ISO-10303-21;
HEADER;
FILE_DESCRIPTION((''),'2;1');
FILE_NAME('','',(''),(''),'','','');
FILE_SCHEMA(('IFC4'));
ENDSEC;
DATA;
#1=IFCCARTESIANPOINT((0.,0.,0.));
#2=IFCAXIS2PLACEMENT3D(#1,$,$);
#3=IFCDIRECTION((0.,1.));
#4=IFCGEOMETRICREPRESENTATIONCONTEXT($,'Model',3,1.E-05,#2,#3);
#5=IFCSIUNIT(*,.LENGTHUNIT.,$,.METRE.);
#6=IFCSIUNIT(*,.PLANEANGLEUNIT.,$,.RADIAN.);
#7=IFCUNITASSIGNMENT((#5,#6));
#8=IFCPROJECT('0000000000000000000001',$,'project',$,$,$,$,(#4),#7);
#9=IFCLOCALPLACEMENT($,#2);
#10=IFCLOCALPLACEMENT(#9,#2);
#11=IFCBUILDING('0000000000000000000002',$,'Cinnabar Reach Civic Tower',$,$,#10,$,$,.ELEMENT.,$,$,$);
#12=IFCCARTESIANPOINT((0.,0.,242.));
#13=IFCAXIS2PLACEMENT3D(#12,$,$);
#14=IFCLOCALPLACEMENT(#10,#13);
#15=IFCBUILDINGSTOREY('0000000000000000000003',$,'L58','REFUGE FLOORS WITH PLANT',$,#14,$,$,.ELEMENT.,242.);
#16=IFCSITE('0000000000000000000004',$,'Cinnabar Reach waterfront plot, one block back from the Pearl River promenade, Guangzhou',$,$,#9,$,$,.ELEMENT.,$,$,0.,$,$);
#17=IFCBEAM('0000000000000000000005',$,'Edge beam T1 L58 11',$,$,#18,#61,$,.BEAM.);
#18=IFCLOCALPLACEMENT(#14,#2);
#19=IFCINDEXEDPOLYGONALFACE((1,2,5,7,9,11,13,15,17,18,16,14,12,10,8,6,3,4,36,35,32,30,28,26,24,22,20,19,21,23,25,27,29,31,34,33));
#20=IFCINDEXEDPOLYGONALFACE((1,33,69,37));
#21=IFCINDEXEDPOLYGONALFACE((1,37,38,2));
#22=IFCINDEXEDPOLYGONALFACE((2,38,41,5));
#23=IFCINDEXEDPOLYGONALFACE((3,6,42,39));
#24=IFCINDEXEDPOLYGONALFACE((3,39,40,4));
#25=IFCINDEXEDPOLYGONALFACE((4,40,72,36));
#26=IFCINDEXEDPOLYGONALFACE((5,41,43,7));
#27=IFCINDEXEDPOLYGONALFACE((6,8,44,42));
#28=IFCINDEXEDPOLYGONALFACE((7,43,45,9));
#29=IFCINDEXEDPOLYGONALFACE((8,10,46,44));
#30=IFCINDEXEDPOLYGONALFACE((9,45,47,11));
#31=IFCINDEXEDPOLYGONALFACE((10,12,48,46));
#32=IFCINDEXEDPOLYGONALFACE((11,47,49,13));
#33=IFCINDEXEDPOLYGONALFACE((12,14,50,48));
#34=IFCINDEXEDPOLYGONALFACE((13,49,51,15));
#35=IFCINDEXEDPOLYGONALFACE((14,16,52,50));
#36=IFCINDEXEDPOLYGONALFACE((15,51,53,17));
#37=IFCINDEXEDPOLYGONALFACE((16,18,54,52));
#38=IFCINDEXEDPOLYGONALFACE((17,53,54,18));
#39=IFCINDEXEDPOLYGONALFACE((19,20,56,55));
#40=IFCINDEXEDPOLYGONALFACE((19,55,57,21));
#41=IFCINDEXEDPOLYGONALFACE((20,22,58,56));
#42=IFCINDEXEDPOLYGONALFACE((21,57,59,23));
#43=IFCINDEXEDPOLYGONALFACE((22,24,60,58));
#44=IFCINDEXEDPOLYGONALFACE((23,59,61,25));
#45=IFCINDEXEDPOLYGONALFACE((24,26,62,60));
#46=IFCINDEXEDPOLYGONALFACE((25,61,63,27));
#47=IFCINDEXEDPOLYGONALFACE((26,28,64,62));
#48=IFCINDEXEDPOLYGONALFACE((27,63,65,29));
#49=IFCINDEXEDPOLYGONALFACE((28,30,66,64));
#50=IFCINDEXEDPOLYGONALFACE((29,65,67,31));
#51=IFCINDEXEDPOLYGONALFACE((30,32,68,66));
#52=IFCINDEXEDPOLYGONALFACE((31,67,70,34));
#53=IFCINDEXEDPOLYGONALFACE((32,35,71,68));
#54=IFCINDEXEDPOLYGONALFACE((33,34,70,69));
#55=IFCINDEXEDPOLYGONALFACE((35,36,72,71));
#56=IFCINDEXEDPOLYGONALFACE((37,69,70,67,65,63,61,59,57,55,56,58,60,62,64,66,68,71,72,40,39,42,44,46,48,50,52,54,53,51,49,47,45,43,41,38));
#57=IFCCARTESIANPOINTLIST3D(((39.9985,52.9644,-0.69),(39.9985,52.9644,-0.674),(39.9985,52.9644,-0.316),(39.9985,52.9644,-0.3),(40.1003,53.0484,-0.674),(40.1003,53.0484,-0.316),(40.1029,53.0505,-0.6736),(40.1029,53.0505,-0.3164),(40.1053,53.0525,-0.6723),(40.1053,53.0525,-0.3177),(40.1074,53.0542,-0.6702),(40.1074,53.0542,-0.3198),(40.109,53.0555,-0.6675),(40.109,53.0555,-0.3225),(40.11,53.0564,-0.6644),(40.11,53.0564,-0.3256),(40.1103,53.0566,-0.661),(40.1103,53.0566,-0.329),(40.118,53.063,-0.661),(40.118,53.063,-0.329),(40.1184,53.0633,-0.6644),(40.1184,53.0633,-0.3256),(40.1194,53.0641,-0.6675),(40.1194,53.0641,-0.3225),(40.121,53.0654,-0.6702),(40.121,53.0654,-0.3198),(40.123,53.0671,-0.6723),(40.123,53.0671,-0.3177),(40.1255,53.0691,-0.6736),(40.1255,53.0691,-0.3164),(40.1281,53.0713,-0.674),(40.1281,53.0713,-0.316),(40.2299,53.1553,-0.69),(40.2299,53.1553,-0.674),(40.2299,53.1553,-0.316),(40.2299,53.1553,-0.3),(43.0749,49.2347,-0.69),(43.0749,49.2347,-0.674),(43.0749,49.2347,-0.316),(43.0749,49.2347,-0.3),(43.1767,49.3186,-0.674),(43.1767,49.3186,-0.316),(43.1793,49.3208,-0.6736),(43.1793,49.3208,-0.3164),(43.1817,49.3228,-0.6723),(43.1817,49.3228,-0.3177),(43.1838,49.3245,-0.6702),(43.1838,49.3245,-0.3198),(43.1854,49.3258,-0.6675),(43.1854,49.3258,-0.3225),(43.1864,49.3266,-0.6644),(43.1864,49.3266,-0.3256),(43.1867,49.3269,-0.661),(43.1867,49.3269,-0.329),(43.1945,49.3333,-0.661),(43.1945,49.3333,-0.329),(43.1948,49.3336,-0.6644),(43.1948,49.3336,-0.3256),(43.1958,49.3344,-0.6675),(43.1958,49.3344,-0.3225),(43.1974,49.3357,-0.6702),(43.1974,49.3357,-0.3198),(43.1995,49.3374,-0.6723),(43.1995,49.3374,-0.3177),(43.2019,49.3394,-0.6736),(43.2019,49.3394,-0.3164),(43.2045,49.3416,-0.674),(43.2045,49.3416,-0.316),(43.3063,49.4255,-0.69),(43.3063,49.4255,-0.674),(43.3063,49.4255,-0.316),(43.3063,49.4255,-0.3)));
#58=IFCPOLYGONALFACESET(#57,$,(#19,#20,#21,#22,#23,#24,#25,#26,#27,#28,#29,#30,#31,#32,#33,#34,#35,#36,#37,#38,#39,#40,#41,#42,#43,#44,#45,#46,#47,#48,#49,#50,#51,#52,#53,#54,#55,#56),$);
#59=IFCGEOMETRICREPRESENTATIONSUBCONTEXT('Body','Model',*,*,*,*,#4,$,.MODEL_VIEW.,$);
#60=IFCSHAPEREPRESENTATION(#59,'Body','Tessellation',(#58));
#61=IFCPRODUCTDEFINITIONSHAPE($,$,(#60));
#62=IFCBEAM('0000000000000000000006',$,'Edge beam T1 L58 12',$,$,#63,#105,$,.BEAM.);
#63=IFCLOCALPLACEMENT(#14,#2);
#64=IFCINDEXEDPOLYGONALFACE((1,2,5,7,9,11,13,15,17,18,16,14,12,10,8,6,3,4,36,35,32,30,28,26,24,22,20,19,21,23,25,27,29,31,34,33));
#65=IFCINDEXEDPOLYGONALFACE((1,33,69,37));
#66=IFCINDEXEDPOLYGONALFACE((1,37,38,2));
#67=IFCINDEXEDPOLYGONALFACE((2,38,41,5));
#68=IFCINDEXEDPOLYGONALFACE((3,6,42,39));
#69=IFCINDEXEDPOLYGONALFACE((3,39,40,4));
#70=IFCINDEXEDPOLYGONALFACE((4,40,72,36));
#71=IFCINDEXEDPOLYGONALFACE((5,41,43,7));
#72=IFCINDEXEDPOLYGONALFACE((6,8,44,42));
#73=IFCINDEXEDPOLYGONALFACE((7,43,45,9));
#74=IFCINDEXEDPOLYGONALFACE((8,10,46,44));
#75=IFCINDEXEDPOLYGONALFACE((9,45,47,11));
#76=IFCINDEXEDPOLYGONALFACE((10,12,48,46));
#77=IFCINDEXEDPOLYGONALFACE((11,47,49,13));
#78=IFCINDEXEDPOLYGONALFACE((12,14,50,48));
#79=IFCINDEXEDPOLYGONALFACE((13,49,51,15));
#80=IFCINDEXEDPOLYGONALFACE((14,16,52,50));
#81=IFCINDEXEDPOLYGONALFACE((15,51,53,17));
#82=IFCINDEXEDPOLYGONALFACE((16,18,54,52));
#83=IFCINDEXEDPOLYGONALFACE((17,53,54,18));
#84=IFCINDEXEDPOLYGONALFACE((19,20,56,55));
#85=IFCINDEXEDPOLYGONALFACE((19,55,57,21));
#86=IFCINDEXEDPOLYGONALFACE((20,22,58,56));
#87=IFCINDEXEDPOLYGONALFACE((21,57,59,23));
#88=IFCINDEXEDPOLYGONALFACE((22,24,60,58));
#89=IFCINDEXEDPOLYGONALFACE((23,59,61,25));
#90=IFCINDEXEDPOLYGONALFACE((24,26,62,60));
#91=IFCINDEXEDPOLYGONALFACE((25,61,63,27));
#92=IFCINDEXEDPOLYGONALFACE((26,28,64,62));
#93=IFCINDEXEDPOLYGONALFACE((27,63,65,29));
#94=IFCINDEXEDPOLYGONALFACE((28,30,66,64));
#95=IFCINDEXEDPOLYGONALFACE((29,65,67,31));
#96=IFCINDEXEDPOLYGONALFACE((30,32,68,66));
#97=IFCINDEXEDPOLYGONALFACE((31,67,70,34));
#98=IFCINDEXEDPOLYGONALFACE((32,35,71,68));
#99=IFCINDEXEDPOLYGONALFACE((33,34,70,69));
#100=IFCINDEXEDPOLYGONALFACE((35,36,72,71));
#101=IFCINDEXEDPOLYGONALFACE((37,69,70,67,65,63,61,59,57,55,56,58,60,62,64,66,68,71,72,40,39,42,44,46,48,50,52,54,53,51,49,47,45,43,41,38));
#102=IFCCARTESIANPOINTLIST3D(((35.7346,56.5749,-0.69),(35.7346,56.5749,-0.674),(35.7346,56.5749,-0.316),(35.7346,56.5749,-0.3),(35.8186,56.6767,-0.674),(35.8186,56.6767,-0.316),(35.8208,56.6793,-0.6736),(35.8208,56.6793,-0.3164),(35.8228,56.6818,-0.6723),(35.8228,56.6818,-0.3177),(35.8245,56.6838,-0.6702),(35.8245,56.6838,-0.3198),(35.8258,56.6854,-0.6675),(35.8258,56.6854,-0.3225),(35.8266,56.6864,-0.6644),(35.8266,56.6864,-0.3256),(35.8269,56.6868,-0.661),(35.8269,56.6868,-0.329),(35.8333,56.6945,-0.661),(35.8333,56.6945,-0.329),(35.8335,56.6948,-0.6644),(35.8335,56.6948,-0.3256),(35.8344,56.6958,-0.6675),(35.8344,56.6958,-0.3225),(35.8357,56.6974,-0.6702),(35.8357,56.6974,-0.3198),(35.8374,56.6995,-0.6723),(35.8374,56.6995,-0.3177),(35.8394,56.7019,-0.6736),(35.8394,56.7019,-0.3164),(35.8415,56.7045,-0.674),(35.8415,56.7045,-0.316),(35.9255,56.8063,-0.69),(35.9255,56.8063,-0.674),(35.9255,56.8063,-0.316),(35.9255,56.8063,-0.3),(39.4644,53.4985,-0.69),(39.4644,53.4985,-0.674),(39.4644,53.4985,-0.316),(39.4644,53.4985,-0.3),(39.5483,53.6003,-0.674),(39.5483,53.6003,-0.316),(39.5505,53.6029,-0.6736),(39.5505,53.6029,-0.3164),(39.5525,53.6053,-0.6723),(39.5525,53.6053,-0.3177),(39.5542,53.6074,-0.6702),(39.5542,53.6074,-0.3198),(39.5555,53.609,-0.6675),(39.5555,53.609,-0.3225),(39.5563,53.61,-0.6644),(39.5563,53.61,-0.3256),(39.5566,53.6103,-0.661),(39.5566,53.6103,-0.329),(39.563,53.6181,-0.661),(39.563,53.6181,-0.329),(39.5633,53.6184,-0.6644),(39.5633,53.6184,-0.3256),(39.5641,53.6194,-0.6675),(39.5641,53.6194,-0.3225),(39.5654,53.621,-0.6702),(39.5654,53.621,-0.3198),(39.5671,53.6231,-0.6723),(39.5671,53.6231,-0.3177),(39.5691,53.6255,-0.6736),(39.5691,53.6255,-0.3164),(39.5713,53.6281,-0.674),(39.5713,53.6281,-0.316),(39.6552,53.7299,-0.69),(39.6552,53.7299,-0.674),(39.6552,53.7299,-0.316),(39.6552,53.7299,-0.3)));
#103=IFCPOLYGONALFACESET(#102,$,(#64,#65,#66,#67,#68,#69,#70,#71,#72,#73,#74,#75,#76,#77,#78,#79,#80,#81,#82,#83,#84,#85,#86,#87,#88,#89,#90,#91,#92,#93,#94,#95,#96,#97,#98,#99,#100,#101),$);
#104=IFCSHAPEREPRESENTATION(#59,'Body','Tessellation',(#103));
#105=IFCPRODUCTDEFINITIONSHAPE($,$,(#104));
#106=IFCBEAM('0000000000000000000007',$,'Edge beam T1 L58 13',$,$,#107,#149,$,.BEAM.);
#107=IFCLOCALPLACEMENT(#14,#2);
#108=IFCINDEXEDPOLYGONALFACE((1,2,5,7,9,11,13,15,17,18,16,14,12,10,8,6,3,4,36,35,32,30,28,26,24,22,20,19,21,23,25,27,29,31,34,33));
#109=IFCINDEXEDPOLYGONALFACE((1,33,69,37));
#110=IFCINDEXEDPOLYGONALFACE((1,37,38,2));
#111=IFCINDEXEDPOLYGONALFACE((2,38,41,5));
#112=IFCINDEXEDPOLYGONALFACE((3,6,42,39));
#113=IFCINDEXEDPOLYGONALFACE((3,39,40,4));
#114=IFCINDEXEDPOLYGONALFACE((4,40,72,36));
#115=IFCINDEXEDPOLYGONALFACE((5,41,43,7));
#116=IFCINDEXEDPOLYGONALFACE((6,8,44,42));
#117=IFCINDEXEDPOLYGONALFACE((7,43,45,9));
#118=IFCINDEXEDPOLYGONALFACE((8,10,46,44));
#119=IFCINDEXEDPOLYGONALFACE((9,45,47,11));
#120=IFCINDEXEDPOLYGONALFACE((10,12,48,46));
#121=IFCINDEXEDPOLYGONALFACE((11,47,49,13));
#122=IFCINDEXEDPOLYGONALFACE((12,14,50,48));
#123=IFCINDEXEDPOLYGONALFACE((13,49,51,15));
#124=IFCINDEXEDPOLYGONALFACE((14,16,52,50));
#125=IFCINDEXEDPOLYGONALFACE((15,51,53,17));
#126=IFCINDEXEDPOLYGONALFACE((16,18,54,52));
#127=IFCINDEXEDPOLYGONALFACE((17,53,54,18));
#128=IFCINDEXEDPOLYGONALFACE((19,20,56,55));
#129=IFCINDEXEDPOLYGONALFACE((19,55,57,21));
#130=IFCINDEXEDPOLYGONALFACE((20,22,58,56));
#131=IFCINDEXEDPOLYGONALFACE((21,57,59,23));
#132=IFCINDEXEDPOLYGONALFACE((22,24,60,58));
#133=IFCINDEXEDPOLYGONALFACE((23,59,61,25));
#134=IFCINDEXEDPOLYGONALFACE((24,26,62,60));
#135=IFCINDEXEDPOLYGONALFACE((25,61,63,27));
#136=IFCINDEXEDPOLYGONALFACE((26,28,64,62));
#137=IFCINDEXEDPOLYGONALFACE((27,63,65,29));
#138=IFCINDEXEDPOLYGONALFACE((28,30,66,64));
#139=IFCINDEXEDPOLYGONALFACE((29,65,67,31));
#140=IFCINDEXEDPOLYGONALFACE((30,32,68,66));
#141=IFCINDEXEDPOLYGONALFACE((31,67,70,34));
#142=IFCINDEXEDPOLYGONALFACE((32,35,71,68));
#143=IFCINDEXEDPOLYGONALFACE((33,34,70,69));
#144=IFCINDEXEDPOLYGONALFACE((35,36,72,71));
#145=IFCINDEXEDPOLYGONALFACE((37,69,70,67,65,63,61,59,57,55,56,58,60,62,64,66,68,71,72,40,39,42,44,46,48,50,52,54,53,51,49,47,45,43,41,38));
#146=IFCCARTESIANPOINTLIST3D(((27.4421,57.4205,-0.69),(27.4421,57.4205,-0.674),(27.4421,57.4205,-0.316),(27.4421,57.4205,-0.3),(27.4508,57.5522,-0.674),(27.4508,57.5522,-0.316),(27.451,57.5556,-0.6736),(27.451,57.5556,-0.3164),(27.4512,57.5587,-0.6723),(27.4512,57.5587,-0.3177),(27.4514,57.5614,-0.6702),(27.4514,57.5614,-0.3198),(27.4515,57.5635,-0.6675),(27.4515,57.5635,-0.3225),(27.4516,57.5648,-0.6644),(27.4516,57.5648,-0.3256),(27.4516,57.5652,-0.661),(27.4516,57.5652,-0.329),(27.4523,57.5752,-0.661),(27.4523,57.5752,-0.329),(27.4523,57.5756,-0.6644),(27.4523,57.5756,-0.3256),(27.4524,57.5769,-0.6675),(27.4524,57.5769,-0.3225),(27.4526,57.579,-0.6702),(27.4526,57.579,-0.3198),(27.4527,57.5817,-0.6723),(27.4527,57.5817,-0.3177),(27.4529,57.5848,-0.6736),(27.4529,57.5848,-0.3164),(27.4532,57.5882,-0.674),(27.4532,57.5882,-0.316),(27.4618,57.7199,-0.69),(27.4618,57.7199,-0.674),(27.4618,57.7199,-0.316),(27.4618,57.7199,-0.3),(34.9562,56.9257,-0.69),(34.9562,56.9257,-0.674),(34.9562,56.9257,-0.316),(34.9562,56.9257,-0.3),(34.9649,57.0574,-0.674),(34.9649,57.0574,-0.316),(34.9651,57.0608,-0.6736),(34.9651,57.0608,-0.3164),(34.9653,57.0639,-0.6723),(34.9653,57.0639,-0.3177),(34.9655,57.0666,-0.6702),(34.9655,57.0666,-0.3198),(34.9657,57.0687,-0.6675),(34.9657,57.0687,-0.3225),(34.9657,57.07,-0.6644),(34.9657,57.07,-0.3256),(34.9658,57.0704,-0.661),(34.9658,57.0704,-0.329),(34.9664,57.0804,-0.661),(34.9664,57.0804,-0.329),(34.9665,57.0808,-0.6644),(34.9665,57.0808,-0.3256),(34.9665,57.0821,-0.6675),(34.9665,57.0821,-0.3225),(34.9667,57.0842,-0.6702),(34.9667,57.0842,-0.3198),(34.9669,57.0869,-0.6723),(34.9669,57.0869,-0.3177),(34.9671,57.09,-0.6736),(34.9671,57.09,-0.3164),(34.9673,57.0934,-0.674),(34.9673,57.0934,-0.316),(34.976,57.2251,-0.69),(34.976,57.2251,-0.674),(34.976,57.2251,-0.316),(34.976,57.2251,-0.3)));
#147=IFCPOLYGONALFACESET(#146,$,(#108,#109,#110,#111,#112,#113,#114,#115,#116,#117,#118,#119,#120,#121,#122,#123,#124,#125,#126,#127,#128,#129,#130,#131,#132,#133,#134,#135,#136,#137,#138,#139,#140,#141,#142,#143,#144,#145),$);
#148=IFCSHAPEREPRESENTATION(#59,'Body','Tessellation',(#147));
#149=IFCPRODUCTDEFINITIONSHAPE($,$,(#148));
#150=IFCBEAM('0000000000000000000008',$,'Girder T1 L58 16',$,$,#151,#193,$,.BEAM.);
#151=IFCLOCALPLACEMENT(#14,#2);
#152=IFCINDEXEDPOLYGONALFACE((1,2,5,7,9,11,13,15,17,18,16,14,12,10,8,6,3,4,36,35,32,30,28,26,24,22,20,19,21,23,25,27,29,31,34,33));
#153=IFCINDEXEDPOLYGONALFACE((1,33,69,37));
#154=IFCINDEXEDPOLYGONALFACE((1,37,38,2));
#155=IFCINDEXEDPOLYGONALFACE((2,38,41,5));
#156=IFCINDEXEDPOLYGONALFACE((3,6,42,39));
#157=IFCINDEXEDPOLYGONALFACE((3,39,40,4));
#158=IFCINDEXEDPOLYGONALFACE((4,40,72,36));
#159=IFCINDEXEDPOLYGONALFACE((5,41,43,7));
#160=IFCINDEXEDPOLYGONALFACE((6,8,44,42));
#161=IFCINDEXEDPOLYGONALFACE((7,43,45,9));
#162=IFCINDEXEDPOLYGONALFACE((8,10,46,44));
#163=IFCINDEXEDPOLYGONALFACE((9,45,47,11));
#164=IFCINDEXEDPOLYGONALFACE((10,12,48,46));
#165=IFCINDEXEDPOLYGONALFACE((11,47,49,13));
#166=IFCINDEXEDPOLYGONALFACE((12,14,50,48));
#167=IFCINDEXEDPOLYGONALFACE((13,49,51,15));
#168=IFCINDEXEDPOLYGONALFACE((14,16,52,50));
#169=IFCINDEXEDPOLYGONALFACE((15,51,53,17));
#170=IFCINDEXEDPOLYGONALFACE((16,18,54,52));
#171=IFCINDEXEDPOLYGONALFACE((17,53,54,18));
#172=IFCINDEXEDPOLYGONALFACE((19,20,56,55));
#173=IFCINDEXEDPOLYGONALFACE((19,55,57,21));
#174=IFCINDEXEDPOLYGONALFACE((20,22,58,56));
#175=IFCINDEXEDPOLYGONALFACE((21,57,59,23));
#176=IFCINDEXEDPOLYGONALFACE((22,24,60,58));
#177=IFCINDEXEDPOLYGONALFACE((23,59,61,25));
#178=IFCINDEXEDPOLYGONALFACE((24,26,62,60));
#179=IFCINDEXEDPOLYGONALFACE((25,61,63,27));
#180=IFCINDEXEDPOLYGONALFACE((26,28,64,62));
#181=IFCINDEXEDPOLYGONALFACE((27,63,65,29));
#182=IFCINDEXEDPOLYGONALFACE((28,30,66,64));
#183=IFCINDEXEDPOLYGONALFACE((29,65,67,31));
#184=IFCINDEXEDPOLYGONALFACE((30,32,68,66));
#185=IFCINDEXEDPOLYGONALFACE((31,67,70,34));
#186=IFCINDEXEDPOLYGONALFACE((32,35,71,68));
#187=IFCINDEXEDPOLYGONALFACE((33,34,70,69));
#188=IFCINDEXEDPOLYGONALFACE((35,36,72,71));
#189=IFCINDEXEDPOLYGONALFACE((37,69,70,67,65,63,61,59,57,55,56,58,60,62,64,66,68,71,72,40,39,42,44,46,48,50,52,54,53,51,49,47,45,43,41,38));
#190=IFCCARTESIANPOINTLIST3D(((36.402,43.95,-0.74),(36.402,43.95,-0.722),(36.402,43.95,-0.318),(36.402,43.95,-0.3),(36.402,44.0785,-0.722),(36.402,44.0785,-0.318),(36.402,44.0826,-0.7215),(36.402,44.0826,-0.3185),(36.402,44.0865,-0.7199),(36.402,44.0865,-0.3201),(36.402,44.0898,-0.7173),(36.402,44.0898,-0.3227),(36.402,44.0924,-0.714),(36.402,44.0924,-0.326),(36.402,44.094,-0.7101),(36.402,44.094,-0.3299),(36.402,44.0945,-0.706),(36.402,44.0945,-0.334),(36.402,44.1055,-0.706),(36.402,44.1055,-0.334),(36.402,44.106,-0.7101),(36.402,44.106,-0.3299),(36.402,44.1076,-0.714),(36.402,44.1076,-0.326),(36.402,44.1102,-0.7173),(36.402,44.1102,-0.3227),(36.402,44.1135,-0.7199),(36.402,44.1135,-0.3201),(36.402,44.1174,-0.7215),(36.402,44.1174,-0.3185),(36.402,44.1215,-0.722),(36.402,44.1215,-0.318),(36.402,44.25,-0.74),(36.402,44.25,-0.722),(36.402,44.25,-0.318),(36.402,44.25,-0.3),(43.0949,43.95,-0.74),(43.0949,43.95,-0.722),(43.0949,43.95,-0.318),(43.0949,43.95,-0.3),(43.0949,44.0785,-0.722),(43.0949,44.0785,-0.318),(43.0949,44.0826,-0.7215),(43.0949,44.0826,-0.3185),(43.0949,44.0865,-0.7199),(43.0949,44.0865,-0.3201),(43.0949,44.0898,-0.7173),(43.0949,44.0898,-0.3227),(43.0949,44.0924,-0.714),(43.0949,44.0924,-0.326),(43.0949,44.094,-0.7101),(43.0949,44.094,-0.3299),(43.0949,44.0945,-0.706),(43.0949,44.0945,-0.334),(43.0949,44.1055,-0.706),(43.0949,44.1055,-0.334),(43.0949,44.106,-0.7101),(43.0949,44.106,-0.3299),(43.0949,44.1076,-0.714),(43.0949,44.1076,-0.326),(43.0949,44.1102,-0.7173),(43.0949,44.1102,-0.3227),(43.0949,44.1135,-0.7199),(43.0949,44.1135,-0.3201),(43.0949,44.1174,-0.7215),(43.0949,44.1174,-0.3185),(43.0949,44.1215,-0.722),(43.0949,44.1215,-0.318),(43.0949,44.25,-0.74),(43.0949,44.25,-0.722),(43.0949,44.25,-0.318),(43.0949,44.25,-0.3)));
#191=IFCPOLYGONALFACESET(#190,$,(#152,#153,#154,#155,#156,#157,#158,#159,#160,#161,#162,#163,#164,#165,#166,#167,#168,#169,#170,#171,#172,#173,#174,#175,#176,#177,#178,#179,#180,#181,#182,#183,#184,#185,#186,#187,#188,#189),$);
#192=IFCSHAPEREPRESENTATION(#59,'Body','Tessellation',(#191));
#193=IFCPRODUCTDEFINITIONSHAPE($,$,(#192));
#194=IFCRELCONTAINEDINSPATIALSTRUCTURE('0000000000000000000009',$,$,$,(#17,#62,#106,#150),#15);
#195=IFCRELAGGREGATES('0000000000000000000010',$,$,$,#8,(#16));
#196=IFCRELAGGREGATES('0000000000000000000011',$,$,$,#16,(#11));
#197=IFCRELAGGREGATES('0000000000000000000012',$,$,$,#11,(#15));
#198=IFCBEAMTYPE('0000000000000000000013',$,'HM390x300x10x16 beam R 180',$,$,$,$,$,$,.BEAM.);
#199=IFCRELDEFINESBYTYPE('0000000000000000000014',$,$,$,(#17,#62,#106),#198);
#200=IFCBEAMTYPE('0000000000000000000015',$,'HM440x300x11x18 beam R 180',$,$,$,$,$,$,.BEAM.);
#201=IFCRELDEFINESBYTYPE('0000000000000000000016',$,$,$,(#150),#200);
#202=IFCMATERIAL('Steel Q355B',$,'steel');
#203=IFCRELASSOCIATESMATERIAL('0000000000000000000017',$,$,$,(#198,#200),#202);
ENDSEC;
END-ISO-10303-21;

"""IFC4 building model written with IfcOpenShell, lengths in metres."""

from ifc_helpers import new_model, si_unit, direction, frame, origin, origin_2d, place, context, subcontext, project, spatial, i_section, extrude, material, material_profile, profile_set, type_object, element, save


model = new_model("IFC4")

# Units and contexts
model_context = context("Model", 3, precision=1e-05, world=origin(), true_north=direction((0.0, 1.0)))
body_context = subcontext(model_context, "Body", "Model", "MODEL_VIEW")
ifc_project = project(units=[si_unit("LENGTHUNIT", "METRE"), si_unit("PLANEANGLEUNIT", "RADIAN")], contexts=[model_context])

# Site, building, storey
site_placement = place(None, origin())
site = spatial("IfcSite", under=ifc_project, at=site_placement, Name="Cinnabar Reach waterfront plot, one block back from the Pearl River promenade, Guangzhou", CompositionType="ELEMENT", RefElevation=0.0)
building_placement = place(site_placement, origin())
building = spatial("IfcBuilding", under=site, at=building_placement, Name="Cinnabar Reach Civic Tower", CompositionType="ELEMENT")
storey_placement = place(building_placement, frame((0.0, 0.0, 242.0)))
storey = spatial("IfcBuildingStorey", under=building, at=storey_placement, Name="L58", Description="REFUGE FLOORS WITH PLANT", CompositionType="ELEMENT", Elevation=242.0)

# Beams
ifc_material_1 = material(Name="Steel Q355B", Category="steel")
ifc_material_profile_1 = material_profile(ifc_material_1, i_section(OverallWidth=0.3, OverallDepth=0.39, WebThickness=0.01, FlangeThickness=0.016, FilletRadius=0.013, at=origin_2d()), Name="HM390x300x10x16")
ifc_profile_set_1 = profile_set([ifc_material_profile_1], Name="Steel Q355B")
beam_type_1 = type_object("IfcBeamType", Name="HM390x300x10x16 beam R 180", PredefinedType="BEAM", material=ifc_profile_set_1)
for number, where, z_axis, x_axis, name in (
    (1, (43.1906, 49.3301, -0.495), (-0.636309, 0.771434, 0.0), (-0.771434, -0.636309, 0.0), "Edge beam T1 L58 11"),
    (2, (39.5598, 53.6142, -0.495), (-0.771434, 0.636309, 0.0), (-0.636309, -0.771434, 0.0), "Edge beam T1 L58 12"),
):
    element("IfcBeam", number, at=place(storey_placement, frame(where, z_axis=z_axis, x_axis=x_axis)), inside=storey, type_object=beam_type_1, Name=name, PredefinedType="BEAM", context=body_context, shape_type="SweptSolid", body=[
        extrude(i_section(OverallWidth=0.3, OverallDepth=0.39, WebThickness=0.01, FlangeThickness=0.016, FilletRadius=0.013, at=origin_2d()), origin(), (0.0, 0.0, 1.0), 4.8348),
    ])
beam_1_placement = place(storey_placement, frame((34.9661, 57.0754, -0.495), z_axis=(-0.997839, 0.065707, 0.0), x_axis=(-0.065707, -0.997839, 0.0)))
element("IfcBeam", 3, at=beam_1_placement, inside=storey, type_object=beam_type_1, Name="Edge beam T1 L58 13", PredefinedType="BEAM", context=body_context, shape_type="SweptSolid", body=[
    extrude(i_section(OverallWidth=0.3, OverallDepth=0.39, WebThickness=0.01, FlangeThickness=0.016, FilletRadius=0.013, at=origin_2d()), origin(), (0.0, 0.0, 1.0), 7.5304),
])
ifc_material_profile_2 = material_profile(ifc_material_1, i_section(OverallWidth=0.3, OverallDepth=0.44, WebThickness=0.011, FlangeThickness=0.018, FilletRadius=0.016, at=origin_2d()), Name="HM440x300x11x18")
ifc_profile_set_2 = profile_set([ifc_material_profile_2], Name="Steel Q355B")
beam_type_2 = type_object("IfcBeamType", Name="HM440x300x11x18 beam R 180", PredefinedType="BEAM", material=ifc_profile_set_2)
beam_2_placement = place(storey_placement, frame((36.402, 44.1, -0.52), z_axis=(1.0, 0.0, 0.0), x_axis=(0.0, 1.0, 0.0)))
element("IfcBeam", 4, at=beam_2_placement, inside=storey, type_object=beam_type_2, Name="Girder T1 L58 16", PredefinedType="BEAM", context=body_context, shape_type="SweptSolid", body=[
    extrude(i_section(OverallWidth=0.3, OverallDepth=0.44, WebThickness=0.011, FlangeThickness=0.018, FilletRadius=0.016, at=origin_2d()), origin(), (0.0, 0.0, 1.0), 6.6929),
])

save(model, "model.ifc")
